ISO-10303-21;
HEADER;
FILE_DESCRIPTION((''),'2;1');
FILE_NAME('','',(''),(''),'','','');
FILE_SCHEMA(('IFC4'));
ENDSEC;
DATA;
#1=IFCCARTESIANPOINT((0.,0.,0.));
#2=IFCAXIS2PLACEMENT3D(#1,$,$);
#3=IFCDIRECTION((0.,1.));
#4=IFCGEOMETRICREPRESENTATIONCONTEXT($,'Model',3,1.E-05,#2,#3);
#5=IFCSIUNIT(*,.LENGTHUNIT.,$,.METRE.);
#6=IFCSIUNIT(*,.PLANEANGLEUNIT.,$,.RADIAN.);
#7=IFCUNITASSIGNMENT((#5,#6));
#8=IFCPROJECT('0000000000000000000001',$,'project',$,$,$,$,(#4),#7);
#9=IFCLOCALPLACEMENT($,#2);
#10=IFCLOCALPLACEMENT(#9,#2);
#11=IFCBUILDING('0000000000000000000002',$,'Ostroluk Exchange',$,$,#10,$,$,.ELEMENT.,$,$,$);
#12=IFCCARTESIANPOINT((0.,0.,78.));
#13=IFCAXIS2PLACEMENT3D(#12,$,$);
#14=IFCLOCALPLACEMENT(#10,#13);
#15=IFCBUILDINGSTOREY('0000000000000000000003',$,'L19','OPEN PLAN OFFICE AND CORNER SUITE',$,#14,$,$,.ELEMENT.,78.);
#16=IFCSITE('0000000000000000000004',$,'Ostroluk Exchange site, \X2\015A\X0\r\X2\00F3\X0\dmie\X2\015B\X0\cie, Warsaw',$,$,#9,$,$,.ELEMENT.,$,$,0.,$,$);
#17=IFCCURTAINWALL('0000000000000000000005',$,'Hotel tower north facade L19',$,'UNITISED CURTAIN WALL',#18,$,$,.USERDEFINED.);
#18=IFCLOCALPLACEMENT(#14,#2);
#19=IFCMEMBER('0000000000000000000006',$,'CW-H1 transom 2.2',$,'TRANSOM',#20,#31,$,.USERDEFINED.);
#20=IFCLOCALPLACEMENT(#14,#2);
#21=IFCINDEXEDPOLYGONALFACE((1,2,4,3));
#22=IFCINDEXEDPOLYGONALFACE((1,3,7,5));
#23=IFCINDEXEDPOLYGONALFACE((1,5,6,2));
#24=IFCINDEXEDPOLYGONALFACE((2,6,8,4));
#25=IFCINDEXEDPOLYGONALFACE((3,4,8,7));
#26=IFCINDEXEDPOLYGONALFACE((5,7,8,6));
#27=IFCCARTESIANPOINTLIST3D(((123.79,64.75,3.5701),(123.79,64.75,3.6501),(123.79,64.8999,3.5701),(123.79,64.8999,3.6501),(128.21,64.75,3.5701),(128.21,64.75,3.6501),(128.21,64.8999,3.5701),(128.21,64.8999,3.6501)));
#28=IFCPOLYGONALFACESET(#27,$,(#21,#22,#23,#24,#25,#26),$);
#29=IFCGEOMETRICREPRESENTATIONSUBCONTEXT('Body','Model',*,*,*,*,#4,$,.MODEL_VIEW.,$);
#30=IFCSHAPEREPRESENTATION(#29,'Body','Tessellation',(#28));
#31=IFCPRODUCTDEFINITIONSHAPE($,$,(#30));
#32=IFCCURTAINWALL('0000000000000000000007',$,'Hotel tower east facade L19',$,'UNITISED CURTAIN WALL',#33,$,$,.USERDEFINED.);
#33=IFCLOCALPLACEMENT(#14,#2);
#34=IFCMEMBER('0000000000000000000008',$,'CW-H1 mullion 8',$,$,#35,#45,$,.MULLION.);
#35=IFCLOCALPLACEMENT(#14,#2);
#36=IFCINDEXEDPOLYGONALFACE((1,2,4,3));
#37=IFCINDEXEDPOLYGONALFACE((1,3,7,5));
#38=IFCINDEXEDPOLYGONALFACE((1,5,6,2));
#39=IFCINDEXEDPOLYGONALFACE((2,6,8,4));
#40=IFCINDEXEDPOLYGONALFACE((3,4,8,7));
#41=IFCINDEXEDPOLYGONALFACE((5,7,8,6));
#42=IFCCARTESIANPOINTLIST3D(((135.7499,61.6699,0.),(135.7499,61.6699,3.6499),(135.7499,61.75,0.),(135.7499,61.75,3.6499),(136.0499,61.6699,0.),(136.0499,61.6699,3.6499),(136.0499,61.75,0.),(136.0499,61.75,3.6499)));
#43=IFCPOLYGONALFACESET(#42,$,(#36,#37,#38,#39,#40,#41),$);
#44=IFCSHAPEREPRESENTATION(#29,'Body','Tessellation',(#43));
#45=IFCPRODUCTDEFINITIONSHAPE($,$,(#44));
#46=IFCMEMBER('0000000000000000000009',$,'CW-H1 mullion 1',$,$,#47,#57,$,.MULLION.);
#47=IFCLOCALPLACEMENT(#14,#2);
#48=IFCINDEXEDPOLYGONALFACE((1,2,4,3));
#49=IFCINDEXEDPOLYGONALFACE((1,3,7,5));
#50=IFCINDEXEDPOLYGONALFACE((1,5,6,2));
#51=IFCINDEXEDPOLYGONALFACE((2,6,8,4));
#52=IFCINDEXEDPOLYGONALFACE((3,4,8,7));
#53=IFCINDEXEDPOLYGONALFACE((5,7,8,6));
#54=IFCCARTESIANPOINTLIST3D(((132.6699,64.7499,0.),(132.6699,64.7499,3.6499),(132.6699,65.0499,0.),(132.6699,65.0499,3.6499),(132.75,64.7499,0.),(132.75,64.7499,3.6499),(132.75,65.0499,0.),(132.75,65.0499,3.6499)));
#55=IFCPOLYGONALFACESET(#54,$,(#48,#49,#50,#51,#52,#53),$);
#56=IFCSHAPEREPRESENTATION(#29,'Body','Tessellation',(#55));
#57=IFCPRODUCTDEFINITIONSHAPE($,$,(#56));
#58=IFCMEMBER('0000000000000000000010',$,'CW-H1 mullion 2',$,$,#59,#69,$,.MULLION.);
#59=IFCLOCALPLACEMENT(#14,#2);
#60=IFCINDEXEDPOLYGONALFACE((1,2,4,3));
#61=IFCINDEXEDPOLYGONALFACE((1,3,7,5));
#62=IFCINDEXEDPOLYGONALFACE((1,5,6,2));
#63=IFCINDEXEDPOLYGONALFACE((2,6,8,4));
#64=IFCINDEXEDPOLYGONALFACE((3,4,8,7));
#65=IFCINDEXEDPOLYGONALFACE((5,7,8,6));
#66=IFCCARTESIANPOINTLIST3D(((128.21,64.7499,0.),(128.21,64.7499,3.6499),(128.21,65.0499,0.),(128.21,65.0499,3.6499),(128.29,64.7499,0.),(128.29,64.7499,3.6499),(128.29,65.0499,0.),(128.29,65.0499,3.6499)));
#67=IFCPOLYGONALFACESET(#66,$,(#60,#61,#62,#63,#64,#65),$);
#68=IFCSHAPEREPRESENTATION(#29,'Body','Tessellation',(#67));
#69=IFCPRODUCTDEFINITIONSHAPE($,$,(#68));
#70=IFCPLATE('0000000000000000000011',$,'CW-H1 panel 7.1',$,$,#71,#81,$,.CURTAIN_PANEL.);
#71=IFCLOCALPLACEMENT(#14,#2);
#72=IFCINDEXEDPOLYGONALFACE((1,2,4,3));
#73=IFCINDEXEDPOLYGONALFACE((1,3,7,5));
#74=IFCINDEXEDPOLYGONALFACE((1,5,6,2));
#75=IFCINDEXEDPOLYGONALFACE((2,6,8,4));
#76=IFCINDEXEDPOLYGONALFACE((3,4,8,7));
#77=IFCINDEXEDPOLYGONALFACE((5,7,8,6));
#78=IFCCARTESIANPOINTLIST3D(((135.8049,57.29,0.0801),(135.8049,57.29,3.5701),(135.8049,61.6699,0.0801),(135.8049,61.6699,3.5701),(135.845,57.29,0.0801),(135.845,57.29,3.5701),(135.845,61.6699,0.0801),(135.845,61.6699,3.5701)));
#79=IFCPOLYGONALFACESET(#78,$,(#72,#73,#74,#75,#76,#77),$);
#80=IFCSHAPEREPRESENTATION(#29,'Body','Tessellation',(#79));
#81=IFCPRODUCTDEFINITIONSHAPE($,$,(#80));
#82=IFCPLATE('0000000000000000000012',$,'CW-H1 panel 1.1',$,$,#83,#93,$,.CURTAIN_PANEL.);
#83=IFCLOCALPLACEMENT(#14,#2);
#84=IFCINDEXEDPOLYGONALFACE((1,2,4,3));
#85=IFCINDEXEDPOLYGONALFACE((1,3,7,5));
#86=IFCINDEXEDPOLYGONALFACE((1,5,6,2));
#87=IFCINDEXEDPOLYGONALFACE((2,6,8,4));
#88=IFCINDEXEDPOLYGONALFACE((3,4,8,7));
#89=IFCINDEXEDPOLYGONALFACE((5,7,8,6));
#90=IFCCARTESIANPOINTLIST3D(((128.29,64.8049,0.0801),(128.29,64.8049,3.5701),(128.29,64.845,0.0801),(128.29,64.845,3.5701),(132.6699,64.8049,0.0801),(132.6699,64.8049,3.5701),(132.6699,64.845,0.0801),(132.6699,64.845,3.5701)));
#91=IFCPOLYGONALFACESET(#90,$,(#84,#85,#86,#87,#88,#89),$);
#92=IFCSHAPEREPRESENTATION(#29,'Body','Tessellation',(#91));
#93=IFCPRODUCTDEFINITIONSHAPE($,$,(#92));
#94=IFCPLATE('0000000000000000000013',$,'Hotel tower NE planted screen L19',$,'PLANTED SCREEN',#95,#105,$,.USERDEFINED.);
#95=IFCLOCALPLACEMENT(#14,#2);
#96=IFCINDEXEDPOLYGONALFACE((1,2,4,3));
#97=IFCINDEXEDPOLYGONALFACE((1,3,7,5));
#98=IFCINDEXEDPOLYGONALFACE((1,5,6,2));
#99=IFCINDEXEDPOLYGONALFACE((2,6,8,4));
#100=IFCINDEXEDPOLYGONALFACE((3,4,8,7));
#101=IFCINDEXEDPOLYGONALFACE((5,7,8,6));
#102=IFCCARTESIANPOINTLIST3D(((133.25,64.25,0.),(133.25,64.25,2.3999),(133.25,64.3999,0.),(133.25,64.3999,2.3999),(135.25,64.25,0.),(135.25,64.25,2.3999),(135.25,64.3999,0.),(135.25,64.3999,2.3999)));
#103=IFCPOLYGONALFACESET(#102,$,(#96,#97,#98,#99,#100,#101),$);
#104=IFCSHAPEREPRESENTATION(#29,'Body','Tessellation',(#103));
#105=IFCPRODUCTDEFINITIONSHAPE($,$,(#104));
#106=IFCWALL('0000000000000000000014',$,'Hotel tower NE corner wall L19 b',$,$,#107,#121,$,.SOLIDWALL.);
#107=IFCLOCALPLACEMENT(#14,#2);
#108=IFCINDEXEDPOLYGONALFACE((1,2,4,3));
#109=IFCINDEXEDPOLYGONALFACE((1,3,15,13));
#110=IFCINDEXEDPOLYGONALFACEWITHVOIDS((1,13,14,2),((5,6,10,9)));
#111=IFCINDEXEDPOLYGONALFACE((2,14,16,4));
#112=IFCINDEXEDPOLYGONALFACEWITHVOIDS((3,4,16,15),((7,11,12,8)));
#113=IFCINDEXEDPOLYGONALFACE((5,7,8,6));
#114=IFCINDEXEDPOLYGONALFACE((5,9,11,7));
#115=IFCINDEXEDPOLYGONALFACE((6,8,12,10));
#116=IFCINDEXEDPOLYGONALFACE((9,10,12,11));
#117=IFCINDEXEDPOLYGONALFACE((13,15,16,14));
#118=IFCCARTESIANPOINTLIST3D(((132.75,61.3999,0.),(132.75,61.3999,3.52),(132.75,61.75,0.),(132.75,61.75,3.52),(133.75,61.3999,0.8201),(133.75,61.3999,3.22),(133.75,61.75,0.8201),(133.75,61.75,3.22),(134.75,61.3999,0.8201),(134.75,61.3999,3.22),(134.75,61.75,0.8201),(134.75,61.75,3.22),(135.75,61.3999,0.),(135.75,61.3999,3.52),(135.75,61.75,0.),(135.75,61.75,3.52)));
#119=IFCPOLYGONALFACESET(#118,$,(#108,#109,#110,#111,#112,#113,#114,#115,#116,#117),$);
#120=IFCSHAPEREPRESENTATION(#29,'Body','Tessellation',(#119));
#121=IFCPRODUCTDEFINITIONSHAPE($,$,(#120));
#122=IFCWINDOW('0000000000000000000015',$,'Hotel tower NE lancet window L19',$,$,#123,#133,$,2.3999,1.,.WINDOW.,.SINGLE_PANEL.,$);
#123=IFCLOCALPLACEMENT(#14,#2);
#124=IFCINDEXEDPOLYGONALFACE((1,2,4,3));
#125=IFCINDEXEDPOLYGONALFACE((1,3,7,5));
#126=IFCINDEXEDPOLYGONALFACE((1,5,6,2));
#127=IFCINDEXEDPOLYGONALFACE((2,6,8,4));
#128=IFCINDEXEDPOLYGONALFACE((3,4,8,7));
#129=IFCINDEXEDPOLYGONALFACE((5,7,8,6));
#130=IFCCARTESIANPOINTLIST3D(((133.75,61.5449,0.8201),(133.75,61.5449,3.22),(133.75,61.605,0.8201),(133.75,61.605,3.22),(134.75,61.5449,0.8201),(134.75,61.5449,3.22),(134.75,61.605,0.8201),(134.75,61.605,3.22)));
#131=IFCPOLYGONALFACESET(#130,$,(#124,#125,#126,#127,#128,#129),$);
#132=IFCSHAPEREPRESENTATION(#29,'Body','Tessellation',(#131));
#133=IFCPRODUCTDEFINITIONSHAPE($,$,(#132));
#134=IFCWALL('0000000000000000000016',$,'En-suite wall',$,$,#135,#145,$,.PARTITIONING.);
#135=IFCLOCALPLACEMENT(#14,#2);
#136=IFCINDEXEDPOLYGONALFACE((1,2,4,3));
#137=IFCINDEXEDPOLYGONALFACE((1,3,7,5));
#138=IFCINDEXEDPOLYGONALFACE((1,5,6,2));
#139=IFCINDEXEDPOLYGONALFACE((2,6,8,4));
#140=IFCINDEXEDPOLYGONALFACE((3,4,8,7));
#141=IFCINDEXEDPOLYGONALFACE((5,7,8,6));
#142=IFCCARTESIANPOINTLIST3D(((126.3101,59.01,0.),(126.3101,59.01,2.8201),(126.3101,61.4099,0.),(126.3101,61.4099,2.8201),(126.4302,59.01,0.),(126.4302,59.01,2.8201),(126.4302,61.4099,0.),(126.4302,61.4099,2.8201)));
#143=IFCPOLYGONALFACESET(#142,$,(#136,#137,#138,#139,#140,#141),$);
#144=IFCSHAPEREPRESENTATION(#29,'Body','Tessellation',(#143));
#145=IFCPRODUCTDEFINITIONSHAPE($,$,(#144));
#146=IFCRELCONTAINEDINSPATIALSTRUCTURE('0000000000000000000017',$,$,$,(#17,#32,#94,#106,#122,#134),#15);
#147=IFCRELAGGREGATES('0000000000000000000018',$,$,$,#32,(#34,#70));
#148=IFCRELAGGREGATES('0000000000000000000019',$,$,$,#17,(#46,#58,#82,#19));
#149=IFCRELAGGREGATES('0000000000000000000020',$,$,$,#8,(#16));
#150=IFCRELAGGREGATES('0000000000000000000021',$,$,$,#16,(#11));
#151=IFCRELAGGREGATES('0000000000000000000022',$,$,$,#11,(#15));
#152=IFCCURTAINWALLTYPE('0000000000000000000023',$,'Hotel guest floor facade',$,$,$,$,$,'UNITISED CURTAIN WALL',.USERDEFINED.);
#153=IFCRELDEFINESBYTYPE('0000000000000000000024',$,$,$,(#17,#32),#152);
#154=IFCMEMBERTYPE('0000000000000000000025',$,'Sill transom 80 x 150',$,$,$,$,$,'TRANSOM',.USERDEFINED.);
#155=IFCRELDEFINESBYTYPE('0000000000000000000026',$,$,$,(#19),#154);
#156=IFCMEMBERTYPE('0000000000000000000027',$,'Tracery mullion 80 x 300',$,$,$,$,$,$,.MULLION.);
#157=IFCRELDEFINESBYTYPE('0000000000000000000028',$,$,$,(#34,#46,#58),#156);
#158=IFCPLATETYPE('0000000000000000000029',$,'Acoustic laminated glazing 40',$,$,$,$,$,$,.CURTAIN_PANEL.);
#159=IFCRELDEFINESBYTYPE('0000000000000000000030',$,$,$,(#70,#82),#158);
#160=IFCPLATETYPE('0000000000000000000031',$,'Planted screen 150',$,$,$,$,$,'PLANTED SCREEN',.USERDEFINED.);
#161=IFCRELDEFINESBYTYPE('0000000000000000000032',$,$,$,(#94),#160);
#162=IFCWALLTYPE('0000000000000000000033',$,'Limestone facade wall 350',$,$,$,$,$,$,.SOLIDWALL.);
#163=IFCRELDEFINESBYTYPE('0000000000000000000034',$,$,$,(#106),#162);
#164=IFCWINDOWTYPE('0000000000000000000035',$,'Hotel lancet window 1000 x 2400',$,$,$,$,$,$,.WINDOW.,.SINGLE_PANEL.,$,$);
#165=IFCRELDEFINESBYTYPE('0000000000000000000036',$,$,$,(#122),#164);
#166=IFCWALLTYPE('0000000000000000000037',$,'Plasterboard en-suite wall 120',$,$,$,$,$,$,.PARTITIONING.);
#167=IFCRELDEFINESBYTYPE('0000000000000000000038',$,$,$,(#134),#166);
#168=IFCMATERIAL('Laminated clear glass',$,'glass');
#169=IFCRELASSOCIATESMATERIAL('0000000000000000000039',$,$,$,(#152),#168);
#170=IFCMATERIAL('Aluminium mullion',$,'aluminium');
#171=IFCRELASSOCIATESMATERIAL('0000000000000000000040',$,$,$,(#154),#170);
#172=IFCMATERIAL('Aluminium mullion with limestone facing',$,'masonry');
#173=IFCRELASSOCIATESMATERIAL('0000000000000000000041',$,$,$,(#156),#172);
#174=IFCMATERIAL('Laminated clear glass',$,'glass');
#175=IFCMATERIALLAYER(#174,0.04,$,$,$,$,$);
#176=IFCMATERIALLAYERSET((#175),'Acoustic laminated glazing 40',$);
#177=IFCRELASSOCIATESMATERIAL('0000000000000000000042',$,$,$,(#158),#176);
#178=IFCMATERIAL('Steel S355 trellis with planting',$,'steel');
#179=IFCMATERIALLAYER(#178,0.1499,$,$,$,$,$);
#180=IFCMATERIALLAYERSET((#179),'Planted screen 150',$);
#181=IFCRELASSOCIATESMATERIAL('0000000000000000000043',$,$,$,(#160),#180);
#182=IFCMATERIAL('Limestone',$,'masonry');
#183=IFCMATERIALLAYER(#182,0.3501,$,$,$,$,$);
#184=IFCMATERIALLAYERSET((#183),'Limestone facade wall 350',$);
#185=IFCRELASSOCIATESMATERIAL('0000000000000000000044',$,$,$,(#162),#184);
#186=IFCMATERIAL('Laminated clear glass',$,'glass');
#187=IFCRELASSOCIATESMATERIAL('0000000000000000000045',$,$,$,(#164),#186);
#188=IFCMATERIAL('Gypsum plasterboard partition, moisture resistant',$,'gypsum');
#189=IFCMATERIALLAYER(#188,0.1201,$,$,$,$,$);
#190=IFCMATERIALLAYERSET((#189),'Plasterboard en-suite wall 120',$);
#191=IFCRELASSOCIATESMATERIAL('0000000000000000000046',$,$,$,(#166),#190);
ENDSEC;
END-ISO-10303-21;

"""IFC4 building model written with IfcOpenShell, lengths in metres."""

from ifc_helpers import new_model, si_unit, direction, frame, frame_2d, origin, origin_2d, place, context, subcontext, project, spatial, rectangle, extrude, material, layer, layer_set, material_profile, profile_set, type_object, element, fill, aggregate, save


model = new_model("IFC4")

# Units and contexts
model_context = context("Model", 3, precision=1e-05, world=origin(), true_north=direction((0.0, 1.0)))
body_context = subcontext(model_context, "Body", "Model", "MODEL_VIEW")
ifc_project = project(units=[si_unit("LENGTHUNIT", "METRE"), si_unit("PLANEANGLEUNIT", "RADIAN")], contexts=[model_context])

# Site, building, storey
site_placement = place(None, origin())
site = spatial("IfcSite", under=ifc_project, at=site_placement, Name="Ostroluk Exchange site, Śródmieście, Warsaw", CompositionType="ELEMENT", RefElevation=0.0)
building_placement = place(site_placement, origin())
building = spatial("IfcBuilding", under=site, at=building_placement, Name="Ostroluk Exchange", CompositionType="ELEMENT")
storey_placement = place(building_placement, frame((0.0, 0.0, 78.0)))
storey = spatial("IfcBuildingStorey", under=building, at=storey_placement, Name="L19", Description="OPEN PLAN OFFICE AND CORNER SUITE", CompositionType="ELEMENT", Elevation=78.0)

# Curtain wall, member
ifc_material_1 = material(Name="Laminated clear glass", Category="glass")
curtain_wall_type = type_object("IfcCurtainWallType", Name="Hotel guest floor facade", ElementType="UNITISED CURTAIN WALL", PredefinedType="USERDEFINED", material=ifc_material_1)
curtain_wall_1_placement = place(storey_placement, origin())
curtain_wall_1 = element("IfcCurtainWall", 1, at=curtain_wall_1_placement, inside=storey, type_object=curtain_wall_type, Name="Hotel tower north facade L19", ObjectType="UNITISED CURTAIN WALL", PredefinedType="USERDEFINED")
ifc_material_2 = material(Name="Aluminium mullion", Category="aluminium")
ifc_material_profile_1 = material_profile(ifc_material_2, rectangle(XDim=0.1499, YDim=0.0801, at=origin_2d()), Name="Sill transom 80 x 150")
ifc_profile_set_1 = profile_set([ifc_material_profile_1], Name="Aluminium mullion")
member_type_1 = type_object("IfcMemberType", Name="Sill transom 80 x 150", ElementType="TRANSOM", PredefinedType="USERDEFINED", material=ifc_profile_set_1)
member_1_placement = place(storey_placement, frame((128.21, 64.825, 3.6101), z_axis=(-1.0, 0.0, 0.0), x_axis=(0.0, -1.0, 0.0)))
member_1 = element("IfcMember", 2, at=member_1_placement, type_object=member_type_1, Name="CW-H1 transom 2.2", ObjectType="TRANSOM", PredefinedType="USERDEFINED", context=body_context, shape_type="SweptSolid", body=[
    extrude(rectangle(XDim=0.1499, YDim=0.0801, at=origin_2d()), origin(), (0.0, 0.0, 1.0), 4.4199),
])

# Curtain wall, member
curtain_wall_2_placement = place(storey_placement, origin())
curtain_wall_2 = element("IfcCurtainWall", 3, at=curtain_wall_2_placement, inside=storey, type_object=curtain_wall_type, Name="Hotel tower east facade L19", ObjectType="UNITISED CURTAIN WALL", PredefinedType="USERDEFINED")
ifc_material_3 = material(Name="Aluminium mullion with limestone facing", Category="masonry")
ifc_material_profile_2 = material_profile(ifc_material_3, rectangle(XDim=0.3, YDim=0.0801, at=origin_2d()), Name="Tracery mullion 80 x 300")
ifc_profile_set_2 = profile_set([ifc_material_profile_2], Name="Aluminium mullion with limestone facing")
member_type_2 = type_object("IfcMemberType", Name="Tracery mullion 80 x 300", PredefinedType="MULLION", material=ifc_profile_set_2)
member_2_placement = place(storey_placement, frame((135.8999, 61.71, 0.0), z_axis=(0.0, 0.0, 1.0), x_axis=(-1.0, 0.0, 0.0)))
member_2 = element("IfcMember", 4, at=member_2_placement, type_object=member_type_2, Name="CW-H1 mullion 8", PredefinedType="MULLION", context=body_context, shape_type="SweptSolid", body=[
    extrude(rectangle(XDim=0.3, YDim=0.0801, at=origin_2d()), origin(), (0.0, 0.0, 1.0), 3.6499),
])

# Members
member_3_placement = place(storey_placement, frame((132.71, 64.8999, 0.0), z_axis=(0.0, 0.0, 1.0), x_axis=(0.0, -1.0, 0.0)))
member_3 = element("IfcMember", 5, at=member_3_placement, type_object=member_type_2, Name="CW-H1 mullion 1", PredefinedType="MULLION", context=body_context, shape_type="SweptSolid", body=[
    extrude(rectangle(XDim=0.3, YDim=0.0801, at=origin_2d()), origin(), (0.0, 0.0, 1.0), 3.6499),
])
member_4_placement = place(storey_placement, frame((128.25, 64.8999, 0.0), z_axis=(0.0, 0.0, 1.0), x_axis=(0.0, -1.0, 0.0)))
member_4 = element("IfcMember", 6, at=member_4_placement, type_object=member_type_2, Name="CW-H1 mullion 2", PredefinedType="MULLION", context=body_context, shape_type="SweptSolid", body=[
    extrude(rectangle(XDim=0.3, YDim=0.0801, at=origin_2d()), origin(), (0.0, 0.0, 1.0), 3.6499),
])

# Plates
ifc_material_4 = material(Name="Laminated clear glass", Category="glass")
ifc_layer_1 = layer(ifc_material_4, 0.04)
ifc_layer_set_1 = layer_set([ifc_layer_1], Name="Acoustic laminated glazing 40")
plate_type_1 = type_object("IfcPlateType", Name="Acoustic laminated glazing 40", PredefinedType="CURTAIN_PANEL", material=ifc_layer_set_1)
plate_1_placement = place(storey_placement, frame((135.825, 59.48, 0.0801), z_axis=(0.0, 0.0, 1.0), x_axis=(0.0, 1.0, 0.0)))
plate_1 = element("IfcPlate", 7, at=plate_1_placement, type_object=plate_type_1, Name="CW-H1 panel 7.1", PredefinedType="CURTAIN_PANEL", context=body_context, shape_type="SweptSolid", body=[
    extrude(rectangle(XDim=4.3799, YDim=0.04, at=origin_2d()), origin(), (0.0, 0.0, 1.0), 3.49),
])
aggregate(curtain_wall_2, [member_2, plate_1])
plate_2_placement = place(storey_placement, frame((130.48, 64.825, 0.0801), z_axis=(0.0, 0.0, 1.0), x_axis=(-1.0, 0.0, 0.0)))
plate_2 = element("IfcPlate", 8, at=plate_2_placement, type_object=plate_type_1, Name="CW-H1 panel 1.1", PredefinedType="CURTAIN_PANEL", context=body_context, shape_type="SweptSolid", body=[
    extrude(rectangle(XDim=4.3799, YDim=0.04, at=origin_2d()), origin(), (0.0, 0.0, 1.0), 3.49),
])
aggregate(curtain_wall_1, [member_3, member_4, plate_2, member_1])
ifc_material_5 = material(Name="Steel S355 trellis with planting", Category="steel")
ifc_layer_2 = layer(ifc_material_5, 0.1499)
ifc_layer_set_2 = layer_set([ifc_layer_2], Name="Planted screen 150")
plate_type_2 = type_object("IfcPlateType", Name="Planted screen 150", ElementType="PLANTED SCREEN", PredefinedType="USERDEFINED", material=ifc_layer_set_2)
plate_3_placement = place(storey_placement, frame((134.25, 64.325, 0.0), z_axis=(0.0, 0.0, 1.0), x_axis=(1.0, 0.0, 0.0)))
element("IfcPlate", 9, at=plate_3_placement, inside=storey, type_object=plate_type_2, Name="Hotel tower NE planted screen L19", ObjectType="PLANTED SCREEN", PredefinedType="USERDEFINED", context=body_context, shape_type="SweptSolid", body=[
    extrude(rectangle(XDim=2.0, YDim=0.1499, at=origin_2d()), origin(), (0.0, 0.0, 1.0), 2.3999),
])

# Shared definitions
ifc_material_6 = material(Name="Limestone", Category="masonry")
ifc_layer_3 = layer(ifc_material_6, 0.3501)
ifc_layer_set_3 = layer_set([ifc_layer_3], Name="Limestone facade wall 350")
wall_type_1 = type_object("IfcWallType", Name="Limestone facade wall 350", PredefinedType="SOLIDWALL", material=ifc_layer_set_3)

# Wall, opening, window
wall_1_placement = place(storey_placement, frame((132.75, 61.575, 0.0), z_axis=(0.0, 0.0, 1.0), x_axis=(1.0, 0.0, 0.0)))
wall_1 = element("IfcWall", 10, at=wall_1_placement, inside=storey, type_object=wall_type_1, Name="Hotel tower NE corner wall L19 b", PredefinedType="SOLIDWALL", context=body_context, shape_type="SweptSolid", body=[
    extrude(rectangle(XDim=3.0, YDim=0.3501, at=frame_2d((1.5, 0.0))), origin(), (0.0, 0.0, 1.0), 3.52),
])
opening_1_placement = place(wall_1_placement, frame((1.0, 0.0, 0.8201)))
opening_1 = element("IfcOpeningElement", 11, at=opening_1_placement, cuts=wall_1, PredefinedType="OPENING", context=body_context, shape_type="SweptSolid", body=[
    extrude(rectangle(XDim=1.0, YDim=2.3999, at=frame_2d((0.5, 1.2))), frame((0.0, 0.1851, 0.0), z_axis=(0.0, -1.0, 0.0), x_axis=(1.0, 0.0, 0.0)), (0.0, 0.0, 1.0), 0.3701),
])
ifc_material_7 = material(Name="Laminated clear glass", Category="glass")
window_type = type_object("IfcWindowType", Name="Hotel lancet window 1000 x 2400", PartitioningType="SINGLE_PANEL", PredefinedType="WINDOW", material=ifc_material_7)
window_placement = place(opening_1_placement, origin())
window = element("IfcWindow", 12, at=window_placement, inside=storey, type_object=window_type, Name="Hotel tower NE lancet window L19", OverallHeight=2.3999, OverallWidth=1.0, PartitioningType="SINGLE_PANEL", PredefinedType="WINDOW", context=body_context, shape_type="SweptSolid", body=[
    extrude(rectangle(XDim=1.0, YDim=2.3999, at=frame_2d((0.5, 1.2))), frame((0.0, 0.03, 0.0), z_axis=(0.0, -1.0, 0.0), x_axis=(1.0, 0.0, 0.0)), (0.0, 0.0, 1.0), 0.0601),
])
fill(opening_1, window)

# Wall
ifc_material_8 = material(Name="Gypsum plasterboard partition, moisture resistant", Category="gypsum")
ifc_layer_4 = layer(ifc_material_8, 0.1201)
ifc_layer_set_4 = layer_set([ifc_layer_4], Name="Plasterboard en-suite wall 120")
wall_type_2 = type_object("IfcWallType", Name="Plasterboard en-suite wall 120", PredefinedType="PARTITIONING", material=ifc_layer_set_4)
wall_2_placement = place(storey_placement, frame((126.3701, 59.01, 0.0), z_axis=(0.0, 0.0, 1.0), x_axis=(0.0, 1.0, 0.0)))
element("IfcWall", 13, at=wall_2_placement, inside=storey, type_object=wall_type_2, Name="En-suite wall", PredefinedType="PARTITIONING", context=body_context, shape_type="SweptSolid", body=[
    extrude(rectangle(XDim=2.3999, YDim=0.1201, at=frame_2d((1.2, 0.0))), origin(), (0.0, 0.0, 1.0), 2.8201),
])

save(model, "model.ifc")
